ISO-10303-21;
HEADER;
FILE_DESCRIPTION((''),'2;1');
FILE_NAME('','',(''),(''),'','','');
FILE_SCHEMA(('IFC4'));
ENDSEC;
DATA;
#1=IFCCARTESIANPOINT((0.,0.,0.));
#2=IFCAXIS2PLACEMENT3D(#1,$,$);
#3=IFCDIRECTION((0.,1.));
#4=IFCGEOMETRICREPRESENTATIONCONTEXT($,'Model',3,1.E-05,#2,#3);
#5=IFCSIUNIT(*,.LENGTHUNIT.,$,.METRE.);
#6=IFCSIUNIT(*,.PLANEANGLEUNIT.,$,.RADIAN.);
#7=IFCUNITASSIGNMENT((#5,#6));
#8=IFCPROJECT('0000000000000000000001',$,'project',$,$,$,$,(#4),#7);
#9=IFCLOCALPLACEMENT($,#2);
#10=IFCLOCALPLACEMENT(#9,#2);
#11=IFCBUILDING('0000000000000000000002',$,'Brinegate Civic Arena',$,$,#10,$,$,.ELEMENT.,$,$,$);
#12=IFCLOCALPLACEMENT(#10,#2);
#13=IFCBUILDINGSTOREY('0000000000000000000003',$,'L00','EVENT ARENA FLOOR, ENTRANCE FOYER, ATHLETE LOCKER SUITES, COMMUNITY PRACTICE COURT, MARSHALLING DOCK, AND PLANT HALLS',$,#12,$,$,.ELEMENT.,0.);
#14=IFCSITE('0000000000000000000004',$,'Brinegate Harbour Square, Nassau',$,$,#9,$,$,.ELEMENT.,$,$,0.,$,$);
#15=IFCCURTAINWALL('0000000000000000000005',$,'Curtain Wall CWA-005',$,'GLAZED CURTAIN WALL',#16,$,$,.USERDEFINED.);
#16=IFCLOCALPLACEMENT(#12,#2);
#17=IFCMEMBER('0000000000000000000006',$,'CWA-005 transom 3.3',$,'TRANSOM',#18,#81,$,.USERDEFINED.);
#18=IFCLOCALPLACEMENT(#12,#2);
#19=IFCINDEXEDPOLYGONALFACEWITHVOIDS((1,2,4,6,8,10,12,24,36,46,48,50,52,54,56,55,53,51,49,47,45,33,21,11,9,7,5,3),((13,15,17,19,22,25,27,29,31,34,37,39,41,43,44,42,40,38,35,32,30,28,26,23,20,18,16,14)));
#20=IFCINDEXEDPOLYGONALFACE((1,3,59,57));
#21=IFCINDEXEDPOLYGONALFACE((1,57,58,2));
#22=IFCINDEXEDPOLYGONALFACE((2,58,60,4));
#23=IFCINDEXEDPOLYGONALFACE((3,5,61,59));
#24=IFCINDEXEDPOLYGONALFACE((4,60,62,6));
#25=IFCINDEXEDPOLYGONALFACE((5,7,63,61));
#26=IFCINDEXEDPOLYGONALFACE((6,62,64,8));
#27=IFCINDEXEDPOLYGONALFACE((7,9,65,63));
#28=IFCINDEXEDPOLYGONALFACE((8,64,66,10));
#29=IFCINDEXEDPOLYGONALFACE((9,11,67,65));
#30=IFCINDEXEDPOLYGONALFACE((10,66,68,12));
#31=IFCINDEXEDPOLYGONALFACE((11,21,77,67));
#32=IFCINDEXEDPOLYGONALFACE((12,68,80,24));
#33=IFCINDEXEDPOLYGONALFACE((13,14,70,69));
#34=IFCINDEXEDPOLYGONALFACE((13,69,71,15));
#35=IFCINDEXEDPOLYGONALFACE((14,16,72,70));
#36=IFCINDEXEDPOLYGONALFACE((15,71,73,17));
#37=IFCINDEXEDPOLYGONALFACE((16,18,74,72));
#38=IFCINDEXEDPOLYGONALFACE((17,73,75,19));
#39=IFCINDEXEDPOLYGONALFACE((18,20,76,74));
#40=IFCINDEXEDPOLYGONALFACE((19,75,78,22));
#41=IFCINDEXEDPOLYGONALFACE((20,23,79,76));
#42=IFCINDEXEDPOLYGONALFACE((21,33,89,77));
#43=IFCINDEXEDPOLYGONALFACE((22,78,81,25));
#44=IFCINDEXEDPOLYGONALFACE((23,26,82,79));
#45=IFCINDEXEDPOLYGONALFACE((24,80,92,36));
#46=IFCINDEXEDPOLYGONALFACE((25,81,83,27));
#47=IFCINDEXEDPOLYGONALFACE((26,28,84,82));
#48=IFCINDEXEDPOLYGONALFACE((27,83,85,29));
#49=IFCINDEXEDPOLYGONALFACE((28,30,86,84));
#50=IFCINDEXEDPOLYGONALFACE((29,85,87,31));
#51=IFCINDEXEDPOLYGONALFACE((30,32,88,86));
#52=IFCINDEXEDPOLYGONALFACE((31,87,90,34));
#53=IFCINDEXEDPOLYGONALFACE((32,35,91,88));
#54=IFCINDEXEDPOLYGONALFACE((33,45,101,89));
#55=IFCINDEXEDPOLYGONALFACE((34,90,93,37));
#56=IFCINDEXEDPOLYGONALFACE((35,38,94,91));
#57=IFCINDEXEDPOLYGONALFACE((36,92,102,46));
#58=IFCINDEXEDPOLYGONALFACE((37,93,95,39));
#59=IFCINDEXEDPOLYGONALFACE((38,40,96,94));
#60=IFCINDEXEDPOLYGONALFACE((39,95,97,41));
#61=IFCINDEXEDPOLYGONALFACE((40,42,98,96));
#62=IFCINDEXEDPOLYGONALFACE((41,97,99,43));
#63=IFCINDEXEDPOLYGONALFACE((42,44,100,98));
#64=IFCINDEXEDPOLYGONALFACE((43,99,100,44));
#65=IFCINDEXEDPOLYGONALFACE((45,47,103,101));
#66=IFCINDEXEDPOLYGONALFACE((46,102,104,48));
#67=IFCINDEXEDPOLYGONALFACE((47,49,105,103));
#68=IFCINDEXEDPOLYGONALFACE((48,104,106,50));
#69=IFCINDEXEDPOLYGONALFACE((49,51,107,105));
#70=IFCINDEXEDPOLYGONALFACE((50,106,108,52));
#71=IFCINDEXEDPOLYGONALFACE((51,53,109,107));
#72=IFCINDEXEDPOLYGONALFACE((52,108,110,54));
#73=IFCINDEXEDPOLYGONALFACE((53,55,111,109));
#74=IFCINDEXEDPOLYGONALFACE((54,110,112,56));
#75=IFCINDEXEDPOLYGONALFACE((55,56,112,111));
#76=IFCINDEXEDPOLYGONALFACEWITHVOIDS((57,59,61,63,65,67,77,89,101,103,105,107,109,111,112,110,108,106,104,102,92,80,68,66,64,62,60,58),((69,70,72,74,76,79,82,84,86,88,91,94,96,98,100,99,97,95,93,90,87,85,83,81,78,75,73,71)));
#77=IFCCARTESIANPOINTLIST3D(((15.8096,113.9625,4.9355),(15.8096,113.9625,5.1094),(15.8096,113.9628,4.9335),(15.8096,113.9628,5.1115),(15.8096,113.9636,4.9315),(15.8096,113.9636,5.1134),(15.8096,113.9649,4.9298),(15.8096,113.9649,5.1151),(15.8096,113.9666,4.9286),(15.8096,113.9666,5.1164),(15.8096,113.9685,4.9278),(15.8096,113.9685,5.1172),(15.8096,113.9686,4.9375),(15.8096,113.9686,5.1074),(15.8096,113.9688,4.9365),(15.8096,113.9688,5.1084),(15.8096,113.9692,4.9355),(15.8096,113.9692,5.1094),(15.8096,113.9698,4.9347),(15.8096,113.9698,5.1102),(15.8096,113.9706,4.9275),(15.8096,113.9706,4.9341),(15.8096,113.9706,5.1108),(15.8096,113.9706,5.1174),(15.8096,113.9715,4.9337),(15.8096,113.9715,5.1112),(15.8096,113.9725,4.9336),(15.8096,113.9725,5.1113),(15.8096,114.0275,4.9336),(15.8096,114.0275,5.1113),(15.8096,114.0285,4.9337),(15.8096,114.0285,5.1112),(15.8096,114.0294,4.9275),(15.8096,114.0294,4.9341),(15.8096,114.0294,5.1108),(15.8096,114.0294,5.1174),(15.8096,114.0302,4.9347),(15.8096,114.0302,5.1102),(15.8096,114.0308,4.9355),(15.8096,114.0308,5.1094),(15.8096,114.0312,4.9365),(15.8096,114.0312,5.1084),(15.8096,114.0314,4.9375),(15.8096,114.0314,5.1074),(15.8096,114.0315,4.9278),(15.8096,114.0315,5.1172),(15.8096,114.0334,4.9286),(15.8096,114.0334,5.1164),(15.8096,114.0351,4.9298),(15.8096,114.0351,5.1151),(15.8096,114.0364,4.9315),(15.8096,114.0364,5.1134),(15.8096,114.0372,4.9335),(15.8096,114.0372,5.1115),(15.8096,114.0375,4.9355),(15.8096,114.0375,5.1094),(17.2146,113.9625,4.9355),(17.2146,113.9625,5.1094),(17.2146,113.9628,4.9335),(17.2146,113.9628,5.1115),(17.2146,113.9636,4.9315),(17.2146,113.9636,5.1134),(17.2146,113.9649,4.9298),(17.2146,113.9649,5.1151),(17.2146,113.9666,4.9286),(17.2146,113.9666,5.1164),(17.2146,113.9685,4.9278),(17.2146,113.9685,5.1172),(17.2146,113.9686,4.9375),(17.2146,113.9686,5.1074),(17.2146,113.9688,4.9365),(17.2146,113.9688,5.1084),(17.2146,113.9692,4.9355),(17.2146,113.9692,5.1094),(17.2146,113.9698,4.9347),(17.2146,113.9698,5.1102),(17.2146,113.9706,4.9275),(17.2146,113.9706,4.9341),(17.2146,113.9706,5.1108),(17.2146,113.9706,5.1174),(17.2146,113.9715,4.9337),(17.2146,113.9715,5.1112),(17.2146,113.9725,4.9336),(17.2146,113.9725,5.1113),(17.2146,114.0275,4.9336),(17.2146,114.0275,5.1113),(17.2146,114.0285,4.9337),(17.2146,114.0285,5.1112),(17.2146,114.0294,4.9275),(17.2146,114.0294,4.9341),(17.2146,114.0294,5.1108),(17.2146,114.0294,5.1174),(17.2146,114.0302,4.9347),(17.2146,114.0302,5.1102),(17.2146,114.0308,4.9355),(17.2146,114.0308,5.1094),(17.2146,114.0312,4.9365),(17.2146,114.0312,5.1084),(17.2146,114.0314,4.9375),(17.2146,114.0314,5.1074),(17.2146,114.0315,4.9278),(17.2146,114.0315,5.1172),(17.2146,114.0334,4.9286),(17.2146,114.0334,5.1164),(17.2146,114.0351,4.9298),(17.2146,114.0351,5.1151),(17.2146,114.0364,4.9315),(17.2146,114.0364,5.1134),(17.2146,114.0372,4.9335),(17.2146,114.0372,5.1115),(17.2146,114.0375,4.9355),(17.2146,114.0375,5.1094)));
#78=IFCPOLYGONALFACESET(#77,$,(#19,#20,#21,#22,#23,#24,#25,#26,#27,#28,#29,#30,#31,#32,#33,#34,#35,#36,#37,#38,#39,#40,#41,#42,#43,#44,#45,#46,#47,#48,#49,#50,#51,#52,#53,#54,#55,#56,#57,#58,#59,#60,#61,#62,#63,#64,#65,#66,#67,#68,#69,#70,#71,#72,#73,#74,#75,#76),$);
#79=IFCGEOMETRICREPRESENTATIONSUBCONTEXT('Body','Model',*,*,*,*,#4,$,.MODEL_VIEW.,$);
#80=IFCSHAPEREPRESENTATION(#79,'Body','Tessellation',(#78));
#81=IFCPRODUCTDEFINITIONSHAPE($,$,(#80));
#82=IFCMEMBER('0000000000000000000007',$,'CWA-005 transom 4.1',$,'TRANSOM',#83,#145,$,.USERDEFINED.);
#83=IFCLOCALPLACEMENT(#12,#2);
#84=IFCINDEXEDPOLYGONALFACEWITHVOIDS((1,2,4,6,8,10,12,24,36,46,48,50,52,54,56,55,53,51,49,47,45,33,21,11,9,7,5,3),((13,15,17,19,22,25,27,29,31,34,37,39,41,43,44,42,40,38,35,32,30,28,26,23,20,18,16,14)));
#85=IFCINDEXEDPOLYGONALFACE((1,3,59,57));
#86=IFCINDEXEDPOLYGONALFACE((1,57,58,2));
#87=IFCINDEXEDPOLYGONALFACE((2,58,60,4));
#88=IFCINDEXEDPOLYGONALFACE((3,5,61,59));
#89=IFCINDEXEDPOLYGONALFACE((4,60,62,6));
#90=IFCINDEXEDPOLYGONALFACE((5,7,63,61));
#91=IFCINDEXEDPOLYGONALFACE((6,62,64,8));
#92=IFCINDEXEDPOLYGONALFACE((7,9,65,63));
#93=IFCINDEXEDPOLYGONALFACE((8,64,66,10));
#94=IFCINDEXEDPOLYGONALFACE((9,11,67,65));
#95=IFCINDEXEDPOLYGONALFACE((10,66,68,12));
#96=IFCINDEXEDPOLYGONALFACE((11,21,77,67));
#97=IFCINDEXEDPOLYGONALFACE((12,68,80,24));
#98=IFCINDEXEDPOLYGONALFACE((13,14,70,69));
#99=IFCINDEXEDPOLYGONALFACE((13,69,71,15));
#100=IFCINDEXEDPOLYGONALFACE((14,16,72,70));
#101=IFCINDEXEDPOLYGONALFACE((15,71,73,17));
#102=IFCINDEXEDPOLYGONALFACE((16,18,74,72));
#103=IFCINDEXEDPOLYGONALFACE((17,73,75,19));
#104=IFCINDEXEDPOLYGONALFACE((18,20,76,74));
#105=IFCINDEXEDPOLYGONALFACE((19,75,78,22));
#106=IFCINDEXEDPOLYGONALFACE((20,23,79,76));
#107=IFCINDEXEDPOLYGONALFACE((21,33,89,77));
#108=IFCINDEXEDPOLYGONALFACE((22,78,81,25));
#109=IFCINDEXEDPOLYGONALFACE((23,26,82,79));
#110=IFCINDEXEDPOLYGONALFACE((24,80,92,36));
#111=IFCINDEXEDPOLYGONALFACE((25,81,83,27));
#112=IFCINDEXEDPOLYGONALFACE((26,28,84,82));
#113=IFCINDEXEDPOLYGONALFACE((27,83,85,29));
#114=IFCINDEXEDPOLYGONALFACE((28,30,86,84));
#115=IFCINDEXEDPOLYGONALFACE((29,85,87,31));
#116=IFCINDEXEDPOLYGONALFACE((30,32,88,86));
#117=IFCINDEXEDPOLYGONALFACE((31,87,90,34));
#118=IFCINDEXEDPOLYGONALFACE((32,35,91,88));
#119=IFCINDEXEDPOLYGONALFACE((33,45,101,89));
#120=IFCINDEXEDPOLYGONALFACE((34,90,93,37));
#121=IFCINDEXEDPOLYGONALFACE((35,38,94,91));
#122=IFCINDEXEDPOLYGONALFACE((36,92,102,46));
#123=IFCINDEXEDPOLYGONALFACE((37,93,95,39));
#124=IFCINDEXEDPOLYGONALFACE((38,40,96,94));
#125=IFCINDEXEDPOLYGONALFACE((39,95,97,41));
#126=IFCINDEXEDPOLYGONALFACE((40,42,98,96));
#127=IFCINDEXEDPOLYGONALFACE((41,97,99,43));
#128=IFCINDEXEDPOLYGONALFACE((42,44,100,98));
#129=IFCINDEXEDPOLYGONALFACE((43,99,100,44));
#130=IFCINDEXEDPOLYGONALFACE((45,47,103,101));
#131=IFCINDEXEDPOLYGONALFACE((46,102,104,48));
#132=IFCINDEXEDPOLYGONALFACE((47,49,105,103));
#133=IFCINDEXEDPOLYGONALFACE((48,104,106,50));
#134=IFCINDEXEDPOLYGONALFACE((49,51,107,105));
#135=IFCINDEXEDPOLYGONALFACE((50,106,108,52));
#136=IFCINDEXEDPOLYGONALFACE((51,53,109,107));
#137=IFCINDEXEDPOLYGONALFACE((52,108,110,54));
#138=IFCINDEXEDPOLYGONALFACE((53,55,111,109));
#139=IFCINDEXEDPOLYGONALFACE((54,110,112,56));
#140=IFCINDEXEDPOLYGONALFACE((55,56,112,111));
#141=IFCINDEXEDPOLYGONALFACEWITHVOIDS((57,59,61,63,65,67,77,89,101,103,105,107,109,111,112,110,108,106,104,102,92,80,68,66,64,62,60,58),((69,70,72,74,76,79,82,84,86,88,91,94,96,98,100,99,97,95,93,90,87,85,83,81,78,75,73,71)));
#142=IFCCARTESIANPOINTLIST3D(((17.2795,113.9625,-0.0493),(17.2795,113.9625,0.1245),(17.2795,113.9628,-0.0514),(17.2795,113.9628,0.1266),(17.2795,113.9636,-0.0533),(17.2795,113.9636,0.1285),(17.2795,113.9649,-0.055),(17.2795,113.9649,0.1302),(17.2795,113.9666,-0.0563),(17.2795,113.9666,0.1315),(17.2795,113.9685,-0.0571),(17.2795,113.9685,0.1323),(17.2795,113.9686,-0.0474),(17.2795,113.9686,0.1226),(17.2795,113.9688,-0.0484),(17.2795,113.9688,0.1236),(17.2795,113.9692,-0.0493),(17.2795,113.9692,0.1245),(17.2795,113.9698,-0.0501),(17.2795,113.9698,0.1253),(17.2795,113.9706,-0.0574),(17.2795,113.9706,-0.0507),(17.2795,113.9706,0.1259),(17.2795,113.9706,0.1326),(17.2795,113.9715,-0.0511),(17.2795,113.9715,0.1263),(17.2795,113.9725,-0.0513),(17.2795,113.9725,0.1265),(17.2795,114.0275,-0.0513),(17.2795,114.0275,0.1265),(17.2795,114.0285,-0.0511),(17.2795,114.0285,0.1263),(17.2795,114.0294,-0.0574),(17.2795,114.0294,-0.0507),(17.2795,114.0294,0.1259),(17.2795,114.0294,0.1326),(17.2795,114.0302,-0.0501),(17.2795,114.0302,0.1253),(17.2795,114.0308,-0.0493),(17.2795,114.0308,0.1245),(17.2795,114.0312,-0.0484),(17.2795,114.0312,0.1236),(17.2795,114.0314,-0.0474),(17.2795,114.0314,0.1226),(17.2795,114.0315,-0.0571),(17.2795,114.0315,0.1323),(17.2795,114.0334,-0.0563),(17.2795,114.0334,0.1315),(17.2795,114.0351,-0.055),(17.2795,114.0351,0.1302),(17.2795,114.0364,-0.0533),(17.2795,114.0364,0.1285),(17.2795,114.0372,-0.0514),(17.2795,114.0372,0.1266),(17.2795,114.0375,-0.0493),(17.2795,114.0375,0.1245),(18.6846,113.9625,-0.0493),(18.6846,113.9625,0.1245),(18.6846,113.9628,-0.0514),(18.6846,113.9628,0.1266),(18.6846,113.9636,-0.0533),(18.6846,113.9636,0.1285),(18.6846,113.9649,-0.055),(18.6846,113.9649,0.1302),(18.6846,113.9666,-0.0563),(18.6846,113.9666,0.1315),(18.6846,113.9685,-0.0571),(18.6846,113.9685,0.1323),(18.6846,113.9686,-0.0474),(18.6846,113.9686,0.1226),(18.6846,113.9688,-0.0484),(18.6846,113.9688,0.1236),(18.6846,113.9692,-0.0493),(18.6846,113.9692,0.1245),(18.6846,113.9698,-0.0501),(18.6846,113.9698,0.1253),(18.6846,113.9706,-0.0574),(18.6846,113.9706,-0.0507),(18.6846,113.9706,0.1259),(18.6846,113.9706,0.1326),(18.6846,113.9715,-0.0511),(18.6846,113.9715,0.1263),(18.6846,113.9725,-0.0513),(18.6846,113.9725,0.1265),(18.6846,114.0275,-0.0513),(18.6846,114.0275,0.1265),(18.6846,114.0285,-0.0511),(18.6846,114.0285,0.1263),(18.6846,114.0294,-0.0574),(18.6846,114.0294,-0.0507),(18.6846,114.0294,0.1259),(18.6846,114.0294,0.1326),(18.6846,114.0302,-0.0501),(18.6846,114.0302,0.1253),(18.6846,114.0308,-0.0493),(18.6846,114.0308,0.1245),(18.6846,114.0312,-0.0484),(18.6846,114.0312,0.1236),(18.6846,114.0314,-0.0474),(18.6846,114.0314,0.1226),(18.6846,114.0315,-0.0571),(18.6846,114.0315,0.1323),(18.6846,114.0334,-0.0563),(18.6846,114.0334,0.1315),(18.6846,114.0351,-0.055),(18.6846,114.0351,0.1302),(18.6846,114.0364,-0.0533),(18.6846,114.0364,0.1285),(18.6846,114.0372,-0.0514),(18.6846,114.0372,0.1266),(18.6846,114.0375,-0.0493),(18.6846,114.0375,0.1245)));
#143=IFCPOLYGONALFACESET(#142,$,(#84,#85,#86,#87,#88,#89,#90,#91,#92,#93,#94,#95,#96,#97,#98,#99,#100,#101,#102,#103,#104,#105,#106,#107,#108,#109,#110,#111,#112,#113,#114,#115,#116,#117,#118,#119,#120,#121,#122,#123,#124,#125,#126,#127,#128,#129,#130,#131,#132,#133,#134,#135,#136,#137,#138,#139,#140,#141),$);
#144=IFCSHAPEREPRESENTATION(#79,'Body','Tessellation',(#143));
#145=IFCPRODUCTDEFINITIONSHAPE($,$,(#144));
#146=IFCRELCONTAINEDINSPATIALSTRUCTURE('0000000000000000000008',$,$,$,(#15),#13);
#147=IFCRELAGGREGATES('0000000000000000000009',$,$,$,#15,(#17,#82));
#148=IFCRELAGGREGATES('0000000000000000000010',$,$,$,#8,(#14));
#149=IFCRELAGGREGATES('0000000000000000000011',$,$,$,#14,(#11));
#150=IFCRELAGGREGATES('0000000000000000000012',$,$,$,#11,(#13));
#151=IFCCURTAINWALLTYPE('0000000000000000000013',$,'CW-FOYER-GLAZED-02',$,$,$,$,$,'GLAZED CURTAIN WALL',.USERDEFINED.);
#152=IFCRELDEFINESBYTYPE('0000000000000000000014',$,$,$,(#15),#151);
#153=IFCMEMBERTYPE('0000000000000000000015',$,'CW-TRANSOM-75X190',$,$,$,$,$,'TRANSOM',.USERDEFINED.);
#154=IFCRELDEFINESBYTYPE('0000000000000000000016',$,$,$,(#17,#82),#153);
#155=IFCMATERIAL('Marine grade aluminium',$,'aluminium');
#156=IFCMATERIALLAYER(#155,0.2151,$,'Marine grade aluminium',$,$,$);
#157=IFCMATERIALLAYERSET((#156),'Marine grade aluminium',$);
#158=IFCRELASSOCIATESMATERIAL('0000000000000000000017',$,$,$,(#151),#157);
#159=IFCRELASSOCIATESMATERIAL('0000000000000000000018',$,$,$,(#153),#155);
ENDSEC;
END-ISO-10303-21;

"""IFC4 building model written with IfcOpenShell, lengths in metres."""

from ifc_helpers import new_model, si_unit, direction, frame, origin, origin_2d, place, context, subcontext, project, spatial, hollow_rectangle, extrude, material, layer, layer_set, material_profile, profile_set, type_object, element, aggregate, save


model = new_model("IFC4")

# Units and contexts
model_context = context("Model", 3, precision=1e-05, world=origin(), true_north=direction((0.0, 1.0)))
body_context = subcontext(model_context, "Body", "Model", "MODEL_VIEW")
ifc_project = project(units=[si_unit("LENGTHUNIT", "METRE"), si_unit("PLANEANGLEUNIT", "RADIAN")], contexts=[model_context])

# Site, building, storey
site_placement = place(None, origin())
site = spatial("IfcSite", under=ifc_project, at=site_placement, Name="Brinegate Harbour Square, Nassau", CompositionType="ELEMENT", RefElevation=0.0)
building_placement = place(site_placement, origin())
building = spatial("IfcBuilding", under=site, at=building_placement, Name="Brinegate Civic Arena", CompositionType="ELEMENT")
storey_placement = place(building_placement, origin())
storey = spatial("IfcBuildingStorey", under=building, at=storey_placement, Name="L00", Description="EVENT ARENA FLOOR, ENTRANCE FOYER, ATHLETE LOCKER SUITES, COMMUNITY PRACTICE COURT, MARSHALLING DOCK, AND PLANT HALLS", CompositionType="ELEMENT", Elevation=0.0)

# Curtain wall, members
ifc_material_1 = material(Name="Marine grade aluminium", Category="aluminium")
ifc_layer_1 = layer(ifc_material_1, 0.2151, Name="Marine grade aluminium")
ifc_layer_set_1 = layer_set([ifc_layer_1], Name="Marine grade aluminium")
curtain_wall_type = type_object("IfcCurtainWallType", Name="CW-FOYER-GLAZED-02", ElementType="GLAZED CURTAIN WALL", PredefinedType="USERDEFINED", material=ifc_layer_set_1)
curtain_wall_placement = place(storey_placement, origin())
curtain_wall = element("IfcCurtainWall", 1, at=curtain_wall_placement, inside=storey, type_object=curtain_wall_type, Name="Curtain Wall CWA-005", ObjectType="GLAZED CURTAIN WALL", PredefinedType="USERDEFINED")
ifc_material_profile_1 = material_profile(ifc_material_1, hollow_rectangle(XDim=0.075, YDim=0.1899, WallThickness=0.0061, InnerFilletRadius=0.0039, OuterFilletRadius=0.0081, at=origin_2d()), Name="TRN75X190")
ifc_profile_set_1 = profile_set([ifc_material_profile_1], Name="Marine grade aluminium")
member_type_1 = type_object("IfcMemberType", Name="CW-TRANSOM-75X190", ElementType="TRANSOM", PredefinedType="USERDEFINED", material=ifc_profile_set_1)
member_1_placement = place(storey_placement, frame((15.8096, 114.0, 5.0225), z_axis=(1.0, 0.0, 0.0), x_axis=(0.0, 1.0, 0.0)))
member_1 = element("IfcMember", 2, at=member_1_placement, type_object=member_type_1, Name="CWA-005 transom 3.3", ObjectType="TRANSOM", PredefinedType="USERDEFINED", context=body_context, shape_type="SweptSolid", body=[
    extrude(hollow_rectangle(XDim=0.075, YDim=0.1899, WallThickness=0.0061, InnerFilletRadius=0.0039, OuterFilletRadius=0.0081, at=origin_2d()), origin(), (0.0, 0.0, 1.0), 1.405),
])
member_2_placement = place(storey_placement, frame((17.2795, 114.0, 0.0376), z_axis=(1.0, 0.0, 0.0), x_axis=(0.0, 1.0, 0.0)))
member_2 = element("IfcMember", 3, at=member_2_placement, type_object=member_type_1, Name="CWA-005 transom 4.1", ObjectType="TRANSOM", PredefinedType="USERDEFINED", context=body_context, shape_type="SweptSolid", body=[
    extrude(hollow_rectangle(XDim=0.075, YDim=0.1899, WallThickness=0.0061, InnerFilletRadius=0.0039, OuterFilletRadius=0.0081, at=origin_2d()), origin(), (0.0, 0.0, 1.0), 1.405),
])
aggregate(curtain_wall, [member_1, member_2])

save(model, "model.ifc")
